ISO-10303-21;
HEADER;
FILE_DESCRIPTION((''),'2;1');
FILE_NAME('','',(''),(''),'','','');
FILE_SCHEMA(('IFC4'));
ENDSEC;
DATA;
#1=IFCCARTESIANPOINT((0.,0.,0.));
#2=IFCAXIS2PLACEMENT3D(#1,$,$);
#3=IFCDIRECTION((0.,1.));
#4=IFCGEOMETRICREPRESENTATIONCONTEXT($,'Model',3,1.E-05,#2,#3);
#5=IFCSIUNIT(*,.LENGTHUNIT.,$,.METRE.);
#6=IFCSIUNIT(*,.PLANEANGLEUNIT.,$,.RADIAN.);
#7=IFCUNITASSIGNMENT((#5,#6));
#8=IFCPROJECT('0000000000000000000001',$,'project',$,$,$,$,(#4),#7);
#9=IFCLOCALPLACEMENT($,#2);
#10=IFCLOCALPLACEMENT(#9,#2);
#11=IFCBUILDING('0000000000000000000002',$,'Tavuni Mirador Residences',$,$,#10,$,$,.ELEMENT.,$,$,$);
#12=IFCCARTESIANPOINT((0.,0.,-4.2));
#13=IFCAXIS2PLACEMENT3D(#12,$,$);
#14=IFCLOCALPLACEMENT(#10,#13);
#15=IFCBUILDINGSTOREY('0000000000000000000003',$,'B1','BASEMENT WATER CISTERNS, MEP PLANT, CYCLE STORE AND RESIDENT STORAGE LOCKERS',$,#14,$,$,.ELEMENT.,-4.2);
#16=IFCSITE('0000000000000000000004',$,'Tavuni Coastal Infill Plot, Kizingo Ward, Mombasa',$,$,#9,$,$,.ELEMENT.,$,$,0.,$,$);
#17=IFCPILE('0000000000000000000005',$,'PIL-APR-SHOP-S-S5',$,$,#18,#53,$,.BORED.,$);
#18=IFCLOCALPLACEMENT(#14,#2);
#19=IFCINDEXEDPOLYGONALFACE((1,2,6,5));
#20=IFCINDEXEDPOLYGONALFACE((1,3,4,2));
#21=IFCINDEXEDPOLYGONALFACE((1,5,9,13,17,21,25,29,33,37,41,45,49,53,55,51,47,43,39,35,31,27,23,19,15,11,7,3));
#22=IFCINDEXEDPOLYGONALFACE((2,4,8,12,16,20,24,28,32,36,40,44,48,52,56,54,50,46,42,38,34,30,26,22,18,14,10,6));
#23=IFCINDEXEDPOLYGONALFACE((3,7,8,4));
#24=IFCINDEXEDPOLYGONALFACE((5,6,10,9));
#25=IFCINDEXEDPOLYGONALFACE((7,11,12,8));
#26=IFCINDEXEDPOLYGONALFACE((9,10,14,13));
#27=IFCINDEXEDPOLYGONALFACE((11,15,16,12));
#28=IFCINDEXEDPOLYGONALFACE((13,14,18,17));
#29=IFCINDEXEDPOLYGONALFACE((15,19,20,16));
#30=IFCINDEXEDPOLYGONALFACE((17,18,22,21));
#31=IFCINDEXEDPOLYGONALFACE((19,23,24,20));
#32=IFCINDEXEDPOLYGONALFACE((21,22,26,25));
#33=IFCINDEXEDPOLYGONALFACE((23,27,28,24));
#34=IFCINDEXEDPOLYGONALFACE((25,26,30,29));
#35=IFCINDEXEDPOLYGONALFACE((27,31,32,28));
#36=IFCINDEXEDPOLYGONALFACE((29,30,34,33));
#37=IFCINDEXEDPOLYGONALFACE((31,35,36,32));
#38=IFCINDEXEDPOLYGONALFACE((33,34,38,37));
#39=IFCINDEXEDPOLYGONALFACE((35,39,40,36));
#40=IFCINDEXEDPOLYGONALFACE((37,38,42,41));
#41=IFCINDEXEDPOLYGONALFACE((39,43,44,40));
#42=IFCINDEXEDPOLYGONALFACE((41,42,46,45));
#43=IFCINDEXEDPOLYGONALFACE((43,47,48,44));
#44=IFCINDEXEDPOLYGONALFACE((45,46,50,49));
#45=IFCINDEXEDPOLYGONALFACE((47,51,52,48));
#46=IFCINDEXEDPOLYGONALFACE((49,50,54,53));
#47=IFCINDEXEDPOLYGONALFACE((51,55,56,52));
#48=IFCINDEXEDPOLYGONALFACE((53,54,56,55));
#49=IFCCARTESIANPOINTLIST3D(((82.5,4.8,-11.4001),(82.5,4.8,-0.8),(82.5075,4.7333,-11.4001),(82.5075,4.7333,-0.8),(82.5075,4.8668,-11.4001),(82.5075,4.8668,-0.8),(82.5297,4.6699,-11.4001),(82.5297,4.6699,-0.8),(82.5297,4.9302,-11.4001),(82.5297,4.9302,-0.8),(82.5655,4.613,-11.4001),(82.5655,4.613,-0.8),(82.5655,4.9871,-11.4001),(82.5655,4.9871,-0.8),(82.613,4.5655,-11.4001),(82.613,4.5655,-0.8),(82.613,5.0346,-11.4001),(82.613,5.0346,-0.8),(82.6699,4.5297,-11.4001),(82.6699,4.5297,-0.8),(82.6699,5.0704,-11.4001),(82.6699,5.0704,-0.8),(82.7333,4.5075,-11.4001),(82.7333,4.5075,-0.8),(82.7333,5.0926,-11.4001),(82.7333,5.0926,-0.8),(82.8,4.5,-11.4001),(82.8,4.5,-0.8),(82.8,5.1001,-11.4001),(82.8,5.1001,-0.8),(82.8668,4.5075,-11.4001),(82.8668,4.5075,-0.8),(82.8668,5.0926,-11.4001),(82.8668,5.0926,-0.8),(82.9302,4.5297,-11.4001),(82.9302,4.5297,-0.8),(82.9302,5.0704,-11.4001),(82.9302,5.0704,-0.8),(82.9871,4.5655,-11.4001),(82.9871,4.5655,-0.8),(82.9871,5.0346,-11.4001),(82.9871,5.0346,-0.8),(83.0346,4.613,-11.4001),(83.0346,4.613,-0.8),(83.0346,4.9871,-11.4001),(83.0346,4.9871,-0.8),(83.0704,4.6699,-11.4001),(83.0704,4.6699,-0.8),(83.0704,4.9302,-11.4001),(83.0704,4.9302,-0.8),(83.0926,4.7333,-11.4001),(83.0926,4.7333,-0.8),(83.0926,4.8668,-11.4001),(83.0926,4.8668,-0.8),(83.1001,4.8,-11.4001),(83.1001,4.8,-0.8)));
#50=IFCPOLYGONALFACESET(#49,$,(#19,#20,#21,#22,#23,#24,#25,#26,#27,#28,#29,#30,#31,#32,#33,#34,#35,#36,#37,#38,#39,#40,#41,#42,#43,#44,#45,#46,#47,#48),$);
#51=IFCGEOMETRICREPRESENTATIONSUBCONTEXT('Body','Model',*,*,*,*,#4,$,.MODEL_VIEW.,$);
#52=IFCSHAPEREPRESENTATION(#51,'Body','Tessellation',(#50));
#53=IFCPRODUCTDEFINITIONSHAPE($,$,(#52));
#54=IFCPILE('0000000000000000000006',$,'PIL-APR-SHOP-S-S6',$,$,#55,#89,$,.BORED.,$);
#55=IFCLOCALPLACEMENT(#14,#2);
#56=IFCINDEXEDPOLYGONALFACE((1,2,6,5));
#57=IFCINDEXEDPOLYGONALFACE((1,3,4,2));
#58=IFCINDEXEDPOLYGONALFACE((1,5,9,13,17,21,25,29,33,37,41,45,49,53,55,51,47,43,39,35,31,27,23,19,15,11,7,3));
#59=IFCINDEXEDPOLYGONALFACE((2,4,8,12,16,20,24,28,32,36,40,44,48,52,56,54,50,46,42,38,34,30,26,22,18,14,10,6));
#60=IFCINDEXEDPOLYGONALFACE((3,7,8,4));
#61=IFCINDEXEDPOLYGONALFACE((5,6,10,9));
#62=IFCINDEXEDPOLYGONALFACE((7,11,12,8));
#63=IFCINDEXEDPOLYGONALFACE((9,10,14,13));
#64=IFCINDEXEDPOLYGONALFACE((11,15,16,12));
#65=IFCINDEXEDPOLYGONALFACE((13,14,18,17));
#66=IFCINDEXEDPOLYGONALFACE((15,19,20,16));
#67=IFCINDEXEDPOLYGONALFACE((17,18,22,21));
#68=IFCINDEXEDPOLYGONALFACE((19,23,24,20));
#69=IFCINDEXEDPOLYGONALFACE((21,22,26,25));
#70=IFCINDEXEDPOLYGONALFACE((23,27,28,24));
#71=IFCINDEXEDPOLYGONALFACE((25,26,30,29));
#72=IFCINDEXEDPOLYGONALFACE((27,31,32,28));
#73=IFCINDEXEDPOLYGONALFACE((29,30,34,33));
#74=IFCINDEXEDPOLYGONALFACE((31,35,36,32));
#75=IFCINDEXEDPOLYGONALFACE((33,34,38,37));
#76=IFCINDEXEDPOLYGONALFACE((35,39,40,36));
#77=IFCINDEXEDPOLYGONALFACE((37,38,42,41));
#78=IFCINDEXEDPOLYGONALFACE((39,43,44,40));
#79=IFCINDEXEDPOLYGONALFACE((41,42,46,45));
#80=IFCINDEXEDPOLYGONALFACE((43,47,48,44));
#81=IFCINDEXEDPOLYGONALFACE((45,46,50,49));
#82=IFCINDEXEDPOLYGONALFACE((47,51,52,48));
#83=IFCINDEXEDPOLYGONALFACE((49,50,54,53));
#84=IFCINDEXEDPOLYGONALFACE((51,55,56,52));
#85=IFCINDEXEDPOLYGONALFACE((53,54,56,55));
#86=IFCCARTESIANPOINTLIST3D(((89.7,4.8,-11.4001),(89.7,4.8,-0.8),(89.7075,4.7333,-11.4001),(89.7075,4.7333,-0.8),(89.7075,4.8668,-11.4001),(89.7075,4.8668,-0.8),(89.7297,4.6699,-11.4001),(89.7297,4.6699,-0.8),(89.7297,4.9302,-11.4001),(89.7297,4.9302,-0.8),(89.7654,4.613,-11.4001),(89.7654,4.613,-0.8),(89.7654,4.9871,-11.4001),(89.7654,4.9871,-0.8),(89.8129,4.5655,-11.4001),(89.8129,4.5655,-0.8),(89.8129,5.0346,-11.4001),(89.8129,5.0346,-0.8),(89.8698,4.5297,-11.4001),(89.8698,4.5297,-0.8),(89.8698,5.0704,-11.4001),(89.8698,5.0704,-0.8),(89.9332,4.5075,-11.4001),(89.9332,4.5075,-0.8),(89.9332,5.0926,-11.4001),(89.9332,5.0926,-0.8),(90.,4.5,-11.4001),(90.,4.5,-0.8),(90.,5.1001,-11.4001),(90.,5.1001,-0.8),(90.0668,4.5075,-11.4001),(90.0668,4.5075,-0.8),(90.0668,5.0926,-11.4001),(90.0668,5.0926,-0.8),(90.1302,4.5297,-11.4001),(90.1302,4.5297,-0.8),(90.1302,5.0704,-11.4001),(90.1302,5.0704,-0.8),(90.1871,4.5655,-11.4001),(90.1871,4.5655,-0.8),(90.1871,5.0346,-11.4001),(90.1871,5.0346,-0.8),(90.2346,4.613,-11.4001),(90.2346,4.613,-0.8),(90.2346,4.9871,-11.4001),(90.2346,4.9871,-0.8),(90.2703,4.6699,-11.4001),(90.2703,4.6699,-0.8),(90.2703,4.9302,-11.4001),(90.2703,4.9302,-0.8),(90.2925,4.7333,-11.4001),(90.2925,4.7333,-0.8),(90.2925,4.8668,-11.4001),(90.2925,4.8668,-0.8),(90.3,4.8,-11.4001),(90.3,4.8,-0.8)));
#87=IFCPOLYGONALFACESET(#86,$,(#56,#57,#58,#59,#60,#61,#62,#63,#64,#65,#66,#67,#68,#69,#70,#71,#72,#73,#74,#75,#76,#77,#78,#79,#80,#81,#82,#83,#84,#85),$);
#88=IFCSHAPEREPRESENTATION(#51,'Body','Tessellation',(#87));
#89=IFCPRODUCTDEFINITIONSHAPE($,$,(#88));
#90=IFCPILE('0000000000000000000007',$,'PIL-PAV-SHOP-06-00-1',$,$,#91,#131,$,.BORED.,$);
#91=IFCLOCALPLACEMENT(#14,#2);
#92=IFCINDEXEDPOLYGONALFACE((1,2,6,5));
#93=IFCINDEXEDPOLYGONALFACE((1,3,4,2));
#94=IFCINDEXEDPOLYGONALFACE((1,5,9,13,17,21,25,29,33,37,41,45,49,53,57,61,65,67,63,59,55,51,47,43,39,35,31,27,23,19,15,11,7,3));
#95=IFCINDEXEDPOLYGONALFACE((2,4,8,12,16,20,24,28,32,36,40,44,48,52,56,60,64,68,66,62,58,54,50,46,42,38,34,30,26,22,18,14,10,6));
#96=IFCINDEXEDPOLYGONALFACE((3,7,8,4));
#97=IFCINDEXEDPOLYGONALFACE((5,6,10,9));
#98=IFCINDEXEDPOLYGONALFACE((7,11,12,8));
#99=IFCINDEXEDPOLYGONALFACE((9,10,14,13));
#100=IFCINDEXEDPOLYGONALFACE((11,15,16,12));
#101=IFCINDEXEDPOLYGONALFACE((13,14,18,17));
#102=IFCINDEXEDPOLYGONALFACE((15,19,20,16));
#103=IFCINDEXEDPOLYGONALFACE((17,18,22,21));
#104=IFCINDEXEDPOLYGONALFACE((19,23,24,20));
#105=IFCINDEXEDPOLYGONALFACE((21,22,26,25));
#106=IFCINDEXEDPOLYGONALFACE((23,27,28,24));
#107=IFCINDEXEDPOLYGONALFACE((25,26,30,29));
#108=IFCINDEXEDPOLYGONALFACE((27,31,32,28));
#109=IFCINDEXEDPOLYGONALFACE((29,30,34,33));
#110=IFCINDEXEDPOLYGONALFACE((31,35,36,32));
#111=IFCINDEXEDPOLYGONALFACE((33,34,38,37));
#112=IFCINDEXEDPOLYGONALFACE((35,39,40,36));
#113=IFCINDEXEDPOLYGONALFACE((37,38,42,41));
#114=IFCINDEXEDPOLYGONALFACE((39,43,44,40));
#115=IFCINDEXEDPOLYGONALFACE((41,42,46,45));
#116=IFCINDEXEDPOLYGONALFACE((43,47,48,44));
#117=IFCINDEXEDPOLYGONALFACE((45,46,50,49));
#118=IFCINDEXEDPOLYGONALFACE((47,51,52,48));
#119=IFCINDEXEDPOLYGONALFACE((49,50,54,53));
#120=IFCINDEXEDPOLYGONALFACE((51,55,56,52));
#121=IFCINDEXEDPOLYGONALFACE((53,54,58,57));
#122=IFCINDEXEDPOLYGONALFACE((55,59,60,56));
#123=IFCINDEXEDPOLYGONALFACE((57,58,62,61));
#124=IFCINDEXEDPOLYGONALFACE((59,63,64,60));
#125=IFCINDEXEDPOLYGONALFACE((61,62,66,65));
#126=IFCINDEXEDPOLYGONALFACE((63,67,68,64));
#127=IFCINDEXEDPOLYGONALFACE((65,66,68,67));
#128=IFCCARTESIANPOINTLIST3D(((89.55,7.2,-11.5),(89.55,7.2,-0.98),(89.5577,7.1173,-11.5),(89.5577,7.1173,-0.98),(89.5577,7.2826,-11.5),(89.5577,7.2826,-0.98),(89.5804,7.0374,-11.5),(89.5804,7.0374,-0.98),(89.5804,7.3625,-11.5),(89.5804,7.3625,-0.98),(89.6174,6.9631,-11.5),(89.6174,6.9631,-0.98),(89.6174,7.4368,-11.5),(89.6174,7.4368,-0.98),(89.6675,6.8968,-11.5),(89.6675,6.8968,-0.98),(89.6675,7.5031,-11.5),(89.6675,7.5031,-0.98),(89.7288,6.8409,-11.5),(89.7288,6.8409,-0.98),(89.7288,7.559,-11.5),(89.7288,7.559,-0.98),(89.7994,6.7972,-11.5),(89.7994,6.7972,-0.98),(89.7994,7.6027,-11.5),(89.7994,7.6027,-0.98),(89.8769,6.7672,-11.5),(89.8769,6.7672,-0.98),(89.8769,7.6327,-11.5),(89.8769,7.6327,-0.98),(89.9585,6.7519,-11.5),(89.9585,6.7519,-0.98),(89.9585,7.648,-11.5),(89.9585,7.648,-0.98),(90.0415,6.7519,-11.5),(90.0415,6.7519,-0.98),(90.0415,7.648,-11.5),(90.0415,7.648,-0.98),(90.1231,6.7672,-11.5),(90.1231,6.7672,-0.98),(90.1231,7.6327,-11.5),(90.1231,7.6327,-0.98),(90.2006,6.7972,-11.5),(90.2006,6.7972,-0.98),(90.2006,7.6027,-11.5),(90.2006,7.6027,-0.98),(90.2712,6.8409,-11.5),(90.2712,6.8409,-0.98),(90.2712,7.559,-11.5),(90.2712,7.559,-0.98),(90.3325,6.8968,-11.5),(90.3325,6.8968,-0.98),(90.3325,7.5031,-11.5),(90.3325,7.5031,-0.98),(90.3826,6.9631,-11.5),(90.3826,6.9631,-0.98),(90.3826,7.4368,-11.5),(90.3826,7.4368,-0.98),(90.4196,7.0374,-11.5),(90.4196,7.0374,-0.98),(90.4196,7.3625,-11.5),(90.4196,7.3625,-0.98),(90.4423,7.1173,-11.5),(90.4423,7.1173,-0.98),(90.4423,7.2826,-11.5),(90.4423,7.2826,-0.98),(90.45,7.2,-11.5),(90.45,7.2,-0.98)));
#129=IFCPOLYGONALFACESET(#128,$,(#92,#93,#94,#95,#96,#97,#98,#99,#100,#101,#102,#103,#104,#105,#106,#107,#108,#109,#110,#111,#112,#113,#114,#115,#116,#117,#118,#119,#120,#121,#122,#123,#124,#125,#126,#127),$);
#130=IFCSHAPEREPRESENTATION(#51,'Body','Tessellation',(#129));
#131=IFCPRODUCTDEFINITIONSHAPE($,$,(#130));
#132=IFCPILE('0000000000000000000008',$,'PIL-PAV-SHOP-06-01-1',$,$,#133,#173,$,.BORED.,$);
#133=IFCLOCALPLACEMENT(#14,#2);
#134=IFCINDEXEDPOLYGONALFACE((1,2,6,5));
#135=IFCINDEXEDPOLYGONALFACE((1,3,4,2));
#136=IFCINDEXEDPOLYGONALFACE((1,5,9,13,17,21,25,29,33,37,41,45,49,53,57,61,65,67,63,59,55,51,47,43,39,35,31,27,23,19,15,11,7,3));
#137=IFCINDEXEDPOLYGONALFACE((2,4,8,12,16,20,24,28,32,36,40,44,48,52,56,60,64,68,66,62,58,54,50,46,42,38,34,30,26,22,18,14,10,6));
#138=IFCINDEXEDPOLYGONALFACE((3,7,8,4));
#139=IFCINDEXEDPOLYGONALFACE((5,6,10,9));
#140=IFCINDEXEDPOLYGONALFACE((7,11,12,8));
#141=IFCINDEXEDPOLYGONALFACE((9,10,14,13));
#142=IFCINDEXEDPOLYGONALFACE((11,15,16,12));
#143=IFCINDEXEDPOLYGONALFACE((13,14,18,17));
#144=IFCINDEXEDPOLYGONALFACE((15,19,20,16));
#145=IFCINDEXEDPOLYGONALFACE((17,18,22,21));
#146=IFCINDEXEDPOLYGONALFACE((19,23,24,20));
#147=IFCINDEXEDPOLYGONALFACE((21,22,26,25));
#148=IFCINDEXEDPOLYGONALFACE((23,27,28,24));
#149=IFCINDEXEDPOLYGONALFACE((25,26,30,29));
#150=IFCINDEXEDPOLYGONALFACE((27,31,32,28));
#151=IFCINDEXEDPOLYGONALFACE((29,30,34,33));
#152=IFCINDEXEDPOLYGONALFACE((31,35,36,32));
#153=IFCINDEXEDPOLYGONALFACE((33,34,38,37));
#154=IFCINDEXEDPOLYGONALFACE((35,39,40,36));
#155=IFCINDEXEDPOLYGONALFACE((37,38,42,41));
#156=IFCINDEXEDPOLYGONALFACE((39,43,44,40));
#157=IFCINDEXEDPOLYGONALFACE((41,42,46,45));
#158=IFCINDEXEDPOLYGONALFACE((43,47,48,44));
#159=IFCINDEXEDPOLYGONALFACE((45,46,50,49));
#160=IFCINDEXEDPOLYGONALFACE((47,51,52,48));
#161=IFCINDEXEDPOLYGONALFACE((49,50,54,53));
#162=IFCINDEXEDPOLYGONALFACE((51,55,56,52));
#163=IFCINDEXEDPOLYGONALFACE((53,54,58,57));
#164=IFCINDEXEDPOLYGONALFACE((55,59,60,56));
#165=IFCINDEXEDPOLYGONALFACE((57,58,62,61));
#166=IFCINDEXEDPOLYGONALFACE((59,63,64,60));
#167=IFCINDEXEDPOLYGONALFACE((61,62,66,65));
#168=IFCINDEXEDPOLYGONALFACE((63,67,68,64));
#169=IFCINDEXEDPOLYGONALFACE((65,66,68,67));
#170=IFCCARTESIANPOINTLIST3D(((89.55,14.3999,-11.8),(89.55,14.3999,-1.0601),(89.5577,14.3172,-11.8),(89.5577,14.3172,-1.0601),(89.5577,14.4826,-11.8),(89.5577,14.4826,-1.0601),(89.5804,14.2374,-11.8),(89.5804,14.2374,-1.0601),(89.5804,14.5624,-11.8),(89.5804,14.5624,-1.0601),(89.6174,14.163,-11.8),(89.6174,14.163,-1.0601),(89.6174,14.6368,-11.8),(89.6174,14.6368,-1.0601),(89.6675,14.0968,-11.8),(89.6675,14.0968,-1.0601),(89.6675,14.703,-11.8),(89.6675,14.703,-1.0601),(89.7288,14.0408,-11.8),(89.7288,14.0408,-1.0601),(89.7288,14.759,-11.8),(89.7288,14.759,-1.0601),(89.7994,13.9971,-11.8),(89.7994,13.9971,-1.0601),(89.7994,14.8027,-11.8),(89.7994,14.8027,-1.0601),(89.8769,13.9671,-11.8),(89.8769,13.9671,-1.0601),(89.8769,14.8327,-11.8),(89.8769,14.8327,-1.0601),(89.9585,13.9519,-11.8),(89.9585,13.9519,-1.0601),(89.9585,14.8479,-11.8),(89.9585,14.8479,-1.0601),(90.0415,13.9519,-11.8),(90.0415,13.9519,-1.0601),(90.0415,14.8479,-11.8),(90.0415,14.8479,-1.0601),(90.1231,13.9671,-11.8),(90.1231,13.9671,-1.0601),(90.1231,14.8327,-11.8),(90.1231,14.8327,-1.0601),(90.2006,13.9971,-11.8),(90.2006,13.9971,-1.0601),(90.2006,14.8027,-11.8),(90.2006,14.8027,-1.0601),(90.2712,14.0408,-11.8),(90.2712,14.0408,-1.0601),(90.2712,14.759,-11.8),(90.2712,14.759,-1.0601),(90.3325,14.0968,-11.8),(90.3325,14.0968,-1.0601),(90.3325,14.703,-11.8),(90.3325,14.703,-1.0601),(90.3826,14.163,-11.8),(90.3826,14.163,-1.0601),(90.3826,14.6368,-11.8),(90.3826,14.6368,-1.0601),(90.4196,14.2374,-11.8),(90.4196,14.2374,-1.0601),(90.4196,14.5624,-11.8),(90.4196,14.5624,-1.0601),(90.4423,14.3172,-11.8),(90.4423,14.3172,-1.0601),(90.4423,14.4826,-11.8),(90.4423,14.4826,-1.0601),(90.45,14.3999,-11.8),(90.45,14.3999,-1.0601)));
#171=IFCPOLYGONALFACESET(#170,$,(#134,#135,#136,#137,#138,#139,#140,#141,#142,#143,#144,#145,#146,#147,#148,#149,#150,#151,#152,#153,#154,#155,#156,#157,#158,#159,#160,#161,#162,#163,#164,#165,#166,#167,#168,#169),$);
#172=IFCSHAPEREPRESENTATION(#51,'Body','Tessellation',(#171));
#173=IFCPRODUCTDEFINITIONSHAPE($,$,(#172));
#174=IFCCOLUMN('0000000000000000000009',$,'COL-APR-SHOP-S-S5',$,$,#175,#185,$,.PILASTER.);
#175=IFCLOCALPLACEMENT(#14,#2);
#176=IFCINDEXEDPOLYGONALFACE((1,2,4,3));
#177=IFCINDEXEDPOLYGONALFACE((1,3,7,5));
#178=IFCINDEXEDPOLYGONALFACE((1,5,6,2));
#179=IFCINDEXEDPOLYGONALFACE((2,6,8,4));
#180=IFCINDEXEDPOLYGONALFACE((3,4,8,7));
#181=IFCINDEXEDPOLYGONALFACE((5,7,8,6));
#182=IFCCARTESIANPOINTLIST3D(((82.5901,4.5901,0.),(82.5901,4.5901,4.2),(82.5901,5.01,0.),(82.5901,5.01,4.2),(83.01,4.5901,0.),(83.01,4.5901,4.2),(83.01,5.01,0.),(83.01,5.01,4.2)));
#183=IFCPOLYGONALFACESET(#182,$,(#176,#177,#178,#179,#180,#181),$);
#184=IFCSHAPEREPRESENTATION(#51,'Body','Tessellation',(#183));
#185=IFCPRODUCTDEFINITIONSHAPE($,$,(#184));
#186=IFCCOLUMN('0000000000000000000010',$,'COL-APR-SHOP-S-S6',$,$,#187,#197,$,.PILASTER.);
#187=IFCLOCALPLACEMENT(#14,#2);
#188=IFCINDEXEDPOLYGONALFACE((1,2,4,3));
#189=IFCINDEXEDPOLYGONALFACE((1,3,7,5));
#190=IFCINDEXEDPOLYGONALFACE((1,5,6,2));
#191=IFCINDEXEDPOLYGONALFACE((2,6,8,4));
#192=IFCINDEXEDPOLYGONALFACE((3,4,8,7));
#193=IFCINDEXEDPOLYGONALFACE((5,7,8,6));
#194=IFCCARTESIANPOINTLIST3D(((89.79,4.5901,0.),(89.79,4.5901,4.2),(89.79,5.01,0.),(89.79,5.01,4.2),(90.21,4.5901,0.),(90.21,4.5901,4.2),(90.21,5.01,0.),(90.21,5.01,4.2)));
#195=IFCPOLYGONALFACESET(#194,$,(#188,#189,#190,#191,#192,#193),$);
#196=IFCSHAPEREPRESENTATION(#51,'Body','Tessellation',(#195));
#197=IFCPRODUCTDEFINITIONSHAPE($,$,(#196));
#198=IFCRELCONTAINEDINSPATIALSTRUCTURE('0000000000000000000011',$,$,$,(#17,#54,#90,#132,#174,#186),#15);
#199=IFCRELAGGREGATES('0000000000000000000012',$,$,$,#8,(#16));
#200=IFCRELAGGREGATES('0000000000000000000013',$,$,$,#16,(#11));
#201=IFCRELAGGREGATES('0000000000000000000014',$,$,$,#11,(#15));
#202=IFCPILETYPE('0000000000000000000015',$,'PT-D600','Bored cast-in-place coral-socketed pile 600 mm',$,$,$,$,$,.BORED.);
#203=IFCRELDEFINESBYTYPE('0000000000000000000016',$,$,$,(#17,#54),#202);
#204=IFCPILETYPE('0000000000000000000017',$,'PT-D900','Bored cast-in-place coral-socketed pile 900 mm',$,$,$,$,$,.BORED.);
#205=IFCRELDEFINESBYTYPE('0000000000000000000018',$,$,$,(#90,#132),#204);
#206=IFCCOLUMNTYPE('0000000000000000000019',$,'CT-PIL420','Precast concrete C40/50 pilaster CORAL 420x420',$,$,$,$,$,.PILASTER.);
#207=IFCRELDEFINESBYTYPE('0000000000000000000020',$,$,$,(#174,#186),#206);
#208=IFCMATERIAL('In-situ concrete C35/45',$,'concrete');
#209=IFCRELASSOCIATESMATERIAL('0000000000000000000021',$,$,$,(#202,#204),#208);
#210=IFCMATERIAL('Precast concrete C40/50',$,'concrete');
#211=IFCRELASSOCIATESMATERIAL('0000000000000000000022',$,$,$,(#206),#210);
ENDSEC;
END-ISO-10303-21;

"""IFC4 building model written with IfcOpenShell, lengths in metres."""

from ifc_helpers import new_model, si_unit, direction, frame, origin, origin_2d, place, context, subcontext, project, spatial, rectangle, circle, extrude, material, material_profile, profile_set, type_object, element, save


model = new_model("IFC4")

# Units and contexts
model_context = context("Model", 3, precision=1e-05, world=origin(), true_north=direction((0.0, 1.0)))
body_context = subcontext(model_context, "Body", "Model", "MODEL_VIEW")
ifc_project = project(units=[si_unit("LENGTHUNIT", "METRE"), si_unit("PLANEANGLEUNIT", "RADIAN")], contexts=[model_context])

# Site, building, storey
site_placement = place(None, origin())
site = spatial("IfcSite", under=ifc_project, at=site_placement, Name="Tavuni Coastal Infill Plot, Kizingo Ward, Mombasa", CompositionType="ELEMENT", RefElevation=0.0)
building_placement = place(site_placement, origin())
building = spatial("IfcBuilding", under=site, at=building_placement, Name="Tavuni Mirador Residences", CompositionType="ELEMENT")
storey_placement = place(building_placement, frame((0.0, 0.0, -4.2)))
storey = spatial("IfcBuildingStorey", under=building, at=storey_placement, Name="B1", Description="BASEMENT WATER CISTERNS, MEP PLANT, CYCLE STORE AND RESIDENT STORAGE LOCKERS", CompositionType="ELEMENT", Elevation=-4.2)

# Shared definitions
ifc_material_1 = material(Name="In-situ concrete C35/45", Category="concrete")

# Piles
ifc_material_profile_1 = material_profile(ifc_material_1, circle(Radius=0.3, at=origin_2d()), Name="PILE D600", Category="concrete")
ifc_profile_set_1 = profile_set([ifc_material_profile_1], Name="In-situ concrete C35/45")
pile_type_1 = type_object("IfcPileType", Name="PT-D600", Description="Bored cast-in-place coral-socketed pile 600 mm", PredefinedType="BORED", material=ifc_profile_set_1)
for number, where, z_axis, x_axis, name in (
    (1, (82.8, 4.8, -0.8), (0.0, 0.0, -1.0), (1.0, 0.0, 0.0), "PIL-APR-SHOP-S-S5"),
    (2, (90.0, 4.8, -0.8), (0.0, 0.0, -1.0), (1.0, 0.0, 0.0), "PIL-APR-SHOP-S-S6"),
):
    element("IfcPile", number, at=place(storey_placement, frame(where, z_axis=z_axis, x_axis=x_axis)), inside=storey, type_object=pile_type_1, Name=name, PredefinedType="BORED", context=body_context, shape_type="SweptSolid", body=[
        extrude(circle(Radius=0.3, at=origin_2d()), origin(), (0.0, 0.0, 1.0), 10.6001),
    ])
ifc_material_profile_2 = material_profile(ifc_material_1, circle(Radius=0.45, at=origin_2d()), Name="PILE D900", Category="concrete")
ifc_profile_set_2 = profile_set([ifc_material_profile_2], Name="In-situ concrete C35/45")
pile_type_2 = type_object("IfcPileType", Name="PT-D900", Description="Bored cast-in-place coral-socketed pile 900 mm", PredefinedType="BORED", material=ifc_profile_set_2)
pile_1_placement = place(storey_placement, frame((90.0, 7.2, -0.98), z_axis=(0.0, 0.0, -1.0), x_axis=(1.0, 0.0, 0.0)))
element("IfcPile", 3, at=pile_1_placement, inside=storey, type_object=pile_type_2, Name="PIL-PAV-SHOP-06-00-1", PredefinedType="BORED", context=body_context, shape_type="SweptSolid", body=[
    extrude(circle(Radius=0.45, at=origin_2d()), origin(), (0.0, 0.0, 1.0), 10.52),
])
pile_2_placement = place(storey_placement, frame((90.0, 14.3999, -1.0601), z_axis=(0.0, 0.0, -1.0), x_axis=(1.0, 0.0, 0.0)))
element("IfcPile", 4, at=pile_2_placement, inside=storey, type_object=pile_type_2, Name="PIL-PAV-SHOP-06-01-1", PredefinedType="BORED", context=body_context, shape_type="SweptSolid", body=[
    extrude(circle(Radius=0.45, at=origin_2d()), origin(), (0.0, 0.0, 1.0), 10.74),
])

# Columns
ifc_material_2 = material(Name="Precast concrete C40/50", Category="concrete")
ifc_material_profile_3 = material_profile(ifc_material_2, rectangle(XDim=0.4199, YDim=0.4199, at=origin_2d()), Name="CORAL 420x420", Category="concrete")
ifc_profile_set_3 = profile_set([ifc_material_profile_3], Name="Precast concrete C40/50")
column_type_1 = type_object("IfcColumnType", Name="CT-PIL420", Description="Precast concrete C40/50 pilaster CORAL 420x420", PredefinedType="PILASTER", material=ifc_profile_set_3)
for number, where, z_axis, x_axis, name in (
    (5, (82.8, 4.8, 0.0), (0.0, 0.0, 1.0), (1.0, 0.0, 0.0), "COL-APR-SHOP-S-S5"),
    (6, (90.0, 4.8, 0.0), (0.0, 0.0, 1.0), (1.0, 0.0, 0.0), "COL-APR-SHOP-S-S6"),
):
    element("IfcColumn", number, at=place(storey_placement, frame(where, z_axis=z_axis, x_axis=x_axis)), inside=storey, type_object=column_type_1, Name=name, PredefinedType="PILASTER", context=body_context, shape_type="SweptSolid", body=[
        extrude(rectangle(XDim=0.4199, YDim=0.4199, at=origin_2d()), origin(), (0.0, 0.0, 1.0), 4.2),
    ])

save(model, "model.ifc")
